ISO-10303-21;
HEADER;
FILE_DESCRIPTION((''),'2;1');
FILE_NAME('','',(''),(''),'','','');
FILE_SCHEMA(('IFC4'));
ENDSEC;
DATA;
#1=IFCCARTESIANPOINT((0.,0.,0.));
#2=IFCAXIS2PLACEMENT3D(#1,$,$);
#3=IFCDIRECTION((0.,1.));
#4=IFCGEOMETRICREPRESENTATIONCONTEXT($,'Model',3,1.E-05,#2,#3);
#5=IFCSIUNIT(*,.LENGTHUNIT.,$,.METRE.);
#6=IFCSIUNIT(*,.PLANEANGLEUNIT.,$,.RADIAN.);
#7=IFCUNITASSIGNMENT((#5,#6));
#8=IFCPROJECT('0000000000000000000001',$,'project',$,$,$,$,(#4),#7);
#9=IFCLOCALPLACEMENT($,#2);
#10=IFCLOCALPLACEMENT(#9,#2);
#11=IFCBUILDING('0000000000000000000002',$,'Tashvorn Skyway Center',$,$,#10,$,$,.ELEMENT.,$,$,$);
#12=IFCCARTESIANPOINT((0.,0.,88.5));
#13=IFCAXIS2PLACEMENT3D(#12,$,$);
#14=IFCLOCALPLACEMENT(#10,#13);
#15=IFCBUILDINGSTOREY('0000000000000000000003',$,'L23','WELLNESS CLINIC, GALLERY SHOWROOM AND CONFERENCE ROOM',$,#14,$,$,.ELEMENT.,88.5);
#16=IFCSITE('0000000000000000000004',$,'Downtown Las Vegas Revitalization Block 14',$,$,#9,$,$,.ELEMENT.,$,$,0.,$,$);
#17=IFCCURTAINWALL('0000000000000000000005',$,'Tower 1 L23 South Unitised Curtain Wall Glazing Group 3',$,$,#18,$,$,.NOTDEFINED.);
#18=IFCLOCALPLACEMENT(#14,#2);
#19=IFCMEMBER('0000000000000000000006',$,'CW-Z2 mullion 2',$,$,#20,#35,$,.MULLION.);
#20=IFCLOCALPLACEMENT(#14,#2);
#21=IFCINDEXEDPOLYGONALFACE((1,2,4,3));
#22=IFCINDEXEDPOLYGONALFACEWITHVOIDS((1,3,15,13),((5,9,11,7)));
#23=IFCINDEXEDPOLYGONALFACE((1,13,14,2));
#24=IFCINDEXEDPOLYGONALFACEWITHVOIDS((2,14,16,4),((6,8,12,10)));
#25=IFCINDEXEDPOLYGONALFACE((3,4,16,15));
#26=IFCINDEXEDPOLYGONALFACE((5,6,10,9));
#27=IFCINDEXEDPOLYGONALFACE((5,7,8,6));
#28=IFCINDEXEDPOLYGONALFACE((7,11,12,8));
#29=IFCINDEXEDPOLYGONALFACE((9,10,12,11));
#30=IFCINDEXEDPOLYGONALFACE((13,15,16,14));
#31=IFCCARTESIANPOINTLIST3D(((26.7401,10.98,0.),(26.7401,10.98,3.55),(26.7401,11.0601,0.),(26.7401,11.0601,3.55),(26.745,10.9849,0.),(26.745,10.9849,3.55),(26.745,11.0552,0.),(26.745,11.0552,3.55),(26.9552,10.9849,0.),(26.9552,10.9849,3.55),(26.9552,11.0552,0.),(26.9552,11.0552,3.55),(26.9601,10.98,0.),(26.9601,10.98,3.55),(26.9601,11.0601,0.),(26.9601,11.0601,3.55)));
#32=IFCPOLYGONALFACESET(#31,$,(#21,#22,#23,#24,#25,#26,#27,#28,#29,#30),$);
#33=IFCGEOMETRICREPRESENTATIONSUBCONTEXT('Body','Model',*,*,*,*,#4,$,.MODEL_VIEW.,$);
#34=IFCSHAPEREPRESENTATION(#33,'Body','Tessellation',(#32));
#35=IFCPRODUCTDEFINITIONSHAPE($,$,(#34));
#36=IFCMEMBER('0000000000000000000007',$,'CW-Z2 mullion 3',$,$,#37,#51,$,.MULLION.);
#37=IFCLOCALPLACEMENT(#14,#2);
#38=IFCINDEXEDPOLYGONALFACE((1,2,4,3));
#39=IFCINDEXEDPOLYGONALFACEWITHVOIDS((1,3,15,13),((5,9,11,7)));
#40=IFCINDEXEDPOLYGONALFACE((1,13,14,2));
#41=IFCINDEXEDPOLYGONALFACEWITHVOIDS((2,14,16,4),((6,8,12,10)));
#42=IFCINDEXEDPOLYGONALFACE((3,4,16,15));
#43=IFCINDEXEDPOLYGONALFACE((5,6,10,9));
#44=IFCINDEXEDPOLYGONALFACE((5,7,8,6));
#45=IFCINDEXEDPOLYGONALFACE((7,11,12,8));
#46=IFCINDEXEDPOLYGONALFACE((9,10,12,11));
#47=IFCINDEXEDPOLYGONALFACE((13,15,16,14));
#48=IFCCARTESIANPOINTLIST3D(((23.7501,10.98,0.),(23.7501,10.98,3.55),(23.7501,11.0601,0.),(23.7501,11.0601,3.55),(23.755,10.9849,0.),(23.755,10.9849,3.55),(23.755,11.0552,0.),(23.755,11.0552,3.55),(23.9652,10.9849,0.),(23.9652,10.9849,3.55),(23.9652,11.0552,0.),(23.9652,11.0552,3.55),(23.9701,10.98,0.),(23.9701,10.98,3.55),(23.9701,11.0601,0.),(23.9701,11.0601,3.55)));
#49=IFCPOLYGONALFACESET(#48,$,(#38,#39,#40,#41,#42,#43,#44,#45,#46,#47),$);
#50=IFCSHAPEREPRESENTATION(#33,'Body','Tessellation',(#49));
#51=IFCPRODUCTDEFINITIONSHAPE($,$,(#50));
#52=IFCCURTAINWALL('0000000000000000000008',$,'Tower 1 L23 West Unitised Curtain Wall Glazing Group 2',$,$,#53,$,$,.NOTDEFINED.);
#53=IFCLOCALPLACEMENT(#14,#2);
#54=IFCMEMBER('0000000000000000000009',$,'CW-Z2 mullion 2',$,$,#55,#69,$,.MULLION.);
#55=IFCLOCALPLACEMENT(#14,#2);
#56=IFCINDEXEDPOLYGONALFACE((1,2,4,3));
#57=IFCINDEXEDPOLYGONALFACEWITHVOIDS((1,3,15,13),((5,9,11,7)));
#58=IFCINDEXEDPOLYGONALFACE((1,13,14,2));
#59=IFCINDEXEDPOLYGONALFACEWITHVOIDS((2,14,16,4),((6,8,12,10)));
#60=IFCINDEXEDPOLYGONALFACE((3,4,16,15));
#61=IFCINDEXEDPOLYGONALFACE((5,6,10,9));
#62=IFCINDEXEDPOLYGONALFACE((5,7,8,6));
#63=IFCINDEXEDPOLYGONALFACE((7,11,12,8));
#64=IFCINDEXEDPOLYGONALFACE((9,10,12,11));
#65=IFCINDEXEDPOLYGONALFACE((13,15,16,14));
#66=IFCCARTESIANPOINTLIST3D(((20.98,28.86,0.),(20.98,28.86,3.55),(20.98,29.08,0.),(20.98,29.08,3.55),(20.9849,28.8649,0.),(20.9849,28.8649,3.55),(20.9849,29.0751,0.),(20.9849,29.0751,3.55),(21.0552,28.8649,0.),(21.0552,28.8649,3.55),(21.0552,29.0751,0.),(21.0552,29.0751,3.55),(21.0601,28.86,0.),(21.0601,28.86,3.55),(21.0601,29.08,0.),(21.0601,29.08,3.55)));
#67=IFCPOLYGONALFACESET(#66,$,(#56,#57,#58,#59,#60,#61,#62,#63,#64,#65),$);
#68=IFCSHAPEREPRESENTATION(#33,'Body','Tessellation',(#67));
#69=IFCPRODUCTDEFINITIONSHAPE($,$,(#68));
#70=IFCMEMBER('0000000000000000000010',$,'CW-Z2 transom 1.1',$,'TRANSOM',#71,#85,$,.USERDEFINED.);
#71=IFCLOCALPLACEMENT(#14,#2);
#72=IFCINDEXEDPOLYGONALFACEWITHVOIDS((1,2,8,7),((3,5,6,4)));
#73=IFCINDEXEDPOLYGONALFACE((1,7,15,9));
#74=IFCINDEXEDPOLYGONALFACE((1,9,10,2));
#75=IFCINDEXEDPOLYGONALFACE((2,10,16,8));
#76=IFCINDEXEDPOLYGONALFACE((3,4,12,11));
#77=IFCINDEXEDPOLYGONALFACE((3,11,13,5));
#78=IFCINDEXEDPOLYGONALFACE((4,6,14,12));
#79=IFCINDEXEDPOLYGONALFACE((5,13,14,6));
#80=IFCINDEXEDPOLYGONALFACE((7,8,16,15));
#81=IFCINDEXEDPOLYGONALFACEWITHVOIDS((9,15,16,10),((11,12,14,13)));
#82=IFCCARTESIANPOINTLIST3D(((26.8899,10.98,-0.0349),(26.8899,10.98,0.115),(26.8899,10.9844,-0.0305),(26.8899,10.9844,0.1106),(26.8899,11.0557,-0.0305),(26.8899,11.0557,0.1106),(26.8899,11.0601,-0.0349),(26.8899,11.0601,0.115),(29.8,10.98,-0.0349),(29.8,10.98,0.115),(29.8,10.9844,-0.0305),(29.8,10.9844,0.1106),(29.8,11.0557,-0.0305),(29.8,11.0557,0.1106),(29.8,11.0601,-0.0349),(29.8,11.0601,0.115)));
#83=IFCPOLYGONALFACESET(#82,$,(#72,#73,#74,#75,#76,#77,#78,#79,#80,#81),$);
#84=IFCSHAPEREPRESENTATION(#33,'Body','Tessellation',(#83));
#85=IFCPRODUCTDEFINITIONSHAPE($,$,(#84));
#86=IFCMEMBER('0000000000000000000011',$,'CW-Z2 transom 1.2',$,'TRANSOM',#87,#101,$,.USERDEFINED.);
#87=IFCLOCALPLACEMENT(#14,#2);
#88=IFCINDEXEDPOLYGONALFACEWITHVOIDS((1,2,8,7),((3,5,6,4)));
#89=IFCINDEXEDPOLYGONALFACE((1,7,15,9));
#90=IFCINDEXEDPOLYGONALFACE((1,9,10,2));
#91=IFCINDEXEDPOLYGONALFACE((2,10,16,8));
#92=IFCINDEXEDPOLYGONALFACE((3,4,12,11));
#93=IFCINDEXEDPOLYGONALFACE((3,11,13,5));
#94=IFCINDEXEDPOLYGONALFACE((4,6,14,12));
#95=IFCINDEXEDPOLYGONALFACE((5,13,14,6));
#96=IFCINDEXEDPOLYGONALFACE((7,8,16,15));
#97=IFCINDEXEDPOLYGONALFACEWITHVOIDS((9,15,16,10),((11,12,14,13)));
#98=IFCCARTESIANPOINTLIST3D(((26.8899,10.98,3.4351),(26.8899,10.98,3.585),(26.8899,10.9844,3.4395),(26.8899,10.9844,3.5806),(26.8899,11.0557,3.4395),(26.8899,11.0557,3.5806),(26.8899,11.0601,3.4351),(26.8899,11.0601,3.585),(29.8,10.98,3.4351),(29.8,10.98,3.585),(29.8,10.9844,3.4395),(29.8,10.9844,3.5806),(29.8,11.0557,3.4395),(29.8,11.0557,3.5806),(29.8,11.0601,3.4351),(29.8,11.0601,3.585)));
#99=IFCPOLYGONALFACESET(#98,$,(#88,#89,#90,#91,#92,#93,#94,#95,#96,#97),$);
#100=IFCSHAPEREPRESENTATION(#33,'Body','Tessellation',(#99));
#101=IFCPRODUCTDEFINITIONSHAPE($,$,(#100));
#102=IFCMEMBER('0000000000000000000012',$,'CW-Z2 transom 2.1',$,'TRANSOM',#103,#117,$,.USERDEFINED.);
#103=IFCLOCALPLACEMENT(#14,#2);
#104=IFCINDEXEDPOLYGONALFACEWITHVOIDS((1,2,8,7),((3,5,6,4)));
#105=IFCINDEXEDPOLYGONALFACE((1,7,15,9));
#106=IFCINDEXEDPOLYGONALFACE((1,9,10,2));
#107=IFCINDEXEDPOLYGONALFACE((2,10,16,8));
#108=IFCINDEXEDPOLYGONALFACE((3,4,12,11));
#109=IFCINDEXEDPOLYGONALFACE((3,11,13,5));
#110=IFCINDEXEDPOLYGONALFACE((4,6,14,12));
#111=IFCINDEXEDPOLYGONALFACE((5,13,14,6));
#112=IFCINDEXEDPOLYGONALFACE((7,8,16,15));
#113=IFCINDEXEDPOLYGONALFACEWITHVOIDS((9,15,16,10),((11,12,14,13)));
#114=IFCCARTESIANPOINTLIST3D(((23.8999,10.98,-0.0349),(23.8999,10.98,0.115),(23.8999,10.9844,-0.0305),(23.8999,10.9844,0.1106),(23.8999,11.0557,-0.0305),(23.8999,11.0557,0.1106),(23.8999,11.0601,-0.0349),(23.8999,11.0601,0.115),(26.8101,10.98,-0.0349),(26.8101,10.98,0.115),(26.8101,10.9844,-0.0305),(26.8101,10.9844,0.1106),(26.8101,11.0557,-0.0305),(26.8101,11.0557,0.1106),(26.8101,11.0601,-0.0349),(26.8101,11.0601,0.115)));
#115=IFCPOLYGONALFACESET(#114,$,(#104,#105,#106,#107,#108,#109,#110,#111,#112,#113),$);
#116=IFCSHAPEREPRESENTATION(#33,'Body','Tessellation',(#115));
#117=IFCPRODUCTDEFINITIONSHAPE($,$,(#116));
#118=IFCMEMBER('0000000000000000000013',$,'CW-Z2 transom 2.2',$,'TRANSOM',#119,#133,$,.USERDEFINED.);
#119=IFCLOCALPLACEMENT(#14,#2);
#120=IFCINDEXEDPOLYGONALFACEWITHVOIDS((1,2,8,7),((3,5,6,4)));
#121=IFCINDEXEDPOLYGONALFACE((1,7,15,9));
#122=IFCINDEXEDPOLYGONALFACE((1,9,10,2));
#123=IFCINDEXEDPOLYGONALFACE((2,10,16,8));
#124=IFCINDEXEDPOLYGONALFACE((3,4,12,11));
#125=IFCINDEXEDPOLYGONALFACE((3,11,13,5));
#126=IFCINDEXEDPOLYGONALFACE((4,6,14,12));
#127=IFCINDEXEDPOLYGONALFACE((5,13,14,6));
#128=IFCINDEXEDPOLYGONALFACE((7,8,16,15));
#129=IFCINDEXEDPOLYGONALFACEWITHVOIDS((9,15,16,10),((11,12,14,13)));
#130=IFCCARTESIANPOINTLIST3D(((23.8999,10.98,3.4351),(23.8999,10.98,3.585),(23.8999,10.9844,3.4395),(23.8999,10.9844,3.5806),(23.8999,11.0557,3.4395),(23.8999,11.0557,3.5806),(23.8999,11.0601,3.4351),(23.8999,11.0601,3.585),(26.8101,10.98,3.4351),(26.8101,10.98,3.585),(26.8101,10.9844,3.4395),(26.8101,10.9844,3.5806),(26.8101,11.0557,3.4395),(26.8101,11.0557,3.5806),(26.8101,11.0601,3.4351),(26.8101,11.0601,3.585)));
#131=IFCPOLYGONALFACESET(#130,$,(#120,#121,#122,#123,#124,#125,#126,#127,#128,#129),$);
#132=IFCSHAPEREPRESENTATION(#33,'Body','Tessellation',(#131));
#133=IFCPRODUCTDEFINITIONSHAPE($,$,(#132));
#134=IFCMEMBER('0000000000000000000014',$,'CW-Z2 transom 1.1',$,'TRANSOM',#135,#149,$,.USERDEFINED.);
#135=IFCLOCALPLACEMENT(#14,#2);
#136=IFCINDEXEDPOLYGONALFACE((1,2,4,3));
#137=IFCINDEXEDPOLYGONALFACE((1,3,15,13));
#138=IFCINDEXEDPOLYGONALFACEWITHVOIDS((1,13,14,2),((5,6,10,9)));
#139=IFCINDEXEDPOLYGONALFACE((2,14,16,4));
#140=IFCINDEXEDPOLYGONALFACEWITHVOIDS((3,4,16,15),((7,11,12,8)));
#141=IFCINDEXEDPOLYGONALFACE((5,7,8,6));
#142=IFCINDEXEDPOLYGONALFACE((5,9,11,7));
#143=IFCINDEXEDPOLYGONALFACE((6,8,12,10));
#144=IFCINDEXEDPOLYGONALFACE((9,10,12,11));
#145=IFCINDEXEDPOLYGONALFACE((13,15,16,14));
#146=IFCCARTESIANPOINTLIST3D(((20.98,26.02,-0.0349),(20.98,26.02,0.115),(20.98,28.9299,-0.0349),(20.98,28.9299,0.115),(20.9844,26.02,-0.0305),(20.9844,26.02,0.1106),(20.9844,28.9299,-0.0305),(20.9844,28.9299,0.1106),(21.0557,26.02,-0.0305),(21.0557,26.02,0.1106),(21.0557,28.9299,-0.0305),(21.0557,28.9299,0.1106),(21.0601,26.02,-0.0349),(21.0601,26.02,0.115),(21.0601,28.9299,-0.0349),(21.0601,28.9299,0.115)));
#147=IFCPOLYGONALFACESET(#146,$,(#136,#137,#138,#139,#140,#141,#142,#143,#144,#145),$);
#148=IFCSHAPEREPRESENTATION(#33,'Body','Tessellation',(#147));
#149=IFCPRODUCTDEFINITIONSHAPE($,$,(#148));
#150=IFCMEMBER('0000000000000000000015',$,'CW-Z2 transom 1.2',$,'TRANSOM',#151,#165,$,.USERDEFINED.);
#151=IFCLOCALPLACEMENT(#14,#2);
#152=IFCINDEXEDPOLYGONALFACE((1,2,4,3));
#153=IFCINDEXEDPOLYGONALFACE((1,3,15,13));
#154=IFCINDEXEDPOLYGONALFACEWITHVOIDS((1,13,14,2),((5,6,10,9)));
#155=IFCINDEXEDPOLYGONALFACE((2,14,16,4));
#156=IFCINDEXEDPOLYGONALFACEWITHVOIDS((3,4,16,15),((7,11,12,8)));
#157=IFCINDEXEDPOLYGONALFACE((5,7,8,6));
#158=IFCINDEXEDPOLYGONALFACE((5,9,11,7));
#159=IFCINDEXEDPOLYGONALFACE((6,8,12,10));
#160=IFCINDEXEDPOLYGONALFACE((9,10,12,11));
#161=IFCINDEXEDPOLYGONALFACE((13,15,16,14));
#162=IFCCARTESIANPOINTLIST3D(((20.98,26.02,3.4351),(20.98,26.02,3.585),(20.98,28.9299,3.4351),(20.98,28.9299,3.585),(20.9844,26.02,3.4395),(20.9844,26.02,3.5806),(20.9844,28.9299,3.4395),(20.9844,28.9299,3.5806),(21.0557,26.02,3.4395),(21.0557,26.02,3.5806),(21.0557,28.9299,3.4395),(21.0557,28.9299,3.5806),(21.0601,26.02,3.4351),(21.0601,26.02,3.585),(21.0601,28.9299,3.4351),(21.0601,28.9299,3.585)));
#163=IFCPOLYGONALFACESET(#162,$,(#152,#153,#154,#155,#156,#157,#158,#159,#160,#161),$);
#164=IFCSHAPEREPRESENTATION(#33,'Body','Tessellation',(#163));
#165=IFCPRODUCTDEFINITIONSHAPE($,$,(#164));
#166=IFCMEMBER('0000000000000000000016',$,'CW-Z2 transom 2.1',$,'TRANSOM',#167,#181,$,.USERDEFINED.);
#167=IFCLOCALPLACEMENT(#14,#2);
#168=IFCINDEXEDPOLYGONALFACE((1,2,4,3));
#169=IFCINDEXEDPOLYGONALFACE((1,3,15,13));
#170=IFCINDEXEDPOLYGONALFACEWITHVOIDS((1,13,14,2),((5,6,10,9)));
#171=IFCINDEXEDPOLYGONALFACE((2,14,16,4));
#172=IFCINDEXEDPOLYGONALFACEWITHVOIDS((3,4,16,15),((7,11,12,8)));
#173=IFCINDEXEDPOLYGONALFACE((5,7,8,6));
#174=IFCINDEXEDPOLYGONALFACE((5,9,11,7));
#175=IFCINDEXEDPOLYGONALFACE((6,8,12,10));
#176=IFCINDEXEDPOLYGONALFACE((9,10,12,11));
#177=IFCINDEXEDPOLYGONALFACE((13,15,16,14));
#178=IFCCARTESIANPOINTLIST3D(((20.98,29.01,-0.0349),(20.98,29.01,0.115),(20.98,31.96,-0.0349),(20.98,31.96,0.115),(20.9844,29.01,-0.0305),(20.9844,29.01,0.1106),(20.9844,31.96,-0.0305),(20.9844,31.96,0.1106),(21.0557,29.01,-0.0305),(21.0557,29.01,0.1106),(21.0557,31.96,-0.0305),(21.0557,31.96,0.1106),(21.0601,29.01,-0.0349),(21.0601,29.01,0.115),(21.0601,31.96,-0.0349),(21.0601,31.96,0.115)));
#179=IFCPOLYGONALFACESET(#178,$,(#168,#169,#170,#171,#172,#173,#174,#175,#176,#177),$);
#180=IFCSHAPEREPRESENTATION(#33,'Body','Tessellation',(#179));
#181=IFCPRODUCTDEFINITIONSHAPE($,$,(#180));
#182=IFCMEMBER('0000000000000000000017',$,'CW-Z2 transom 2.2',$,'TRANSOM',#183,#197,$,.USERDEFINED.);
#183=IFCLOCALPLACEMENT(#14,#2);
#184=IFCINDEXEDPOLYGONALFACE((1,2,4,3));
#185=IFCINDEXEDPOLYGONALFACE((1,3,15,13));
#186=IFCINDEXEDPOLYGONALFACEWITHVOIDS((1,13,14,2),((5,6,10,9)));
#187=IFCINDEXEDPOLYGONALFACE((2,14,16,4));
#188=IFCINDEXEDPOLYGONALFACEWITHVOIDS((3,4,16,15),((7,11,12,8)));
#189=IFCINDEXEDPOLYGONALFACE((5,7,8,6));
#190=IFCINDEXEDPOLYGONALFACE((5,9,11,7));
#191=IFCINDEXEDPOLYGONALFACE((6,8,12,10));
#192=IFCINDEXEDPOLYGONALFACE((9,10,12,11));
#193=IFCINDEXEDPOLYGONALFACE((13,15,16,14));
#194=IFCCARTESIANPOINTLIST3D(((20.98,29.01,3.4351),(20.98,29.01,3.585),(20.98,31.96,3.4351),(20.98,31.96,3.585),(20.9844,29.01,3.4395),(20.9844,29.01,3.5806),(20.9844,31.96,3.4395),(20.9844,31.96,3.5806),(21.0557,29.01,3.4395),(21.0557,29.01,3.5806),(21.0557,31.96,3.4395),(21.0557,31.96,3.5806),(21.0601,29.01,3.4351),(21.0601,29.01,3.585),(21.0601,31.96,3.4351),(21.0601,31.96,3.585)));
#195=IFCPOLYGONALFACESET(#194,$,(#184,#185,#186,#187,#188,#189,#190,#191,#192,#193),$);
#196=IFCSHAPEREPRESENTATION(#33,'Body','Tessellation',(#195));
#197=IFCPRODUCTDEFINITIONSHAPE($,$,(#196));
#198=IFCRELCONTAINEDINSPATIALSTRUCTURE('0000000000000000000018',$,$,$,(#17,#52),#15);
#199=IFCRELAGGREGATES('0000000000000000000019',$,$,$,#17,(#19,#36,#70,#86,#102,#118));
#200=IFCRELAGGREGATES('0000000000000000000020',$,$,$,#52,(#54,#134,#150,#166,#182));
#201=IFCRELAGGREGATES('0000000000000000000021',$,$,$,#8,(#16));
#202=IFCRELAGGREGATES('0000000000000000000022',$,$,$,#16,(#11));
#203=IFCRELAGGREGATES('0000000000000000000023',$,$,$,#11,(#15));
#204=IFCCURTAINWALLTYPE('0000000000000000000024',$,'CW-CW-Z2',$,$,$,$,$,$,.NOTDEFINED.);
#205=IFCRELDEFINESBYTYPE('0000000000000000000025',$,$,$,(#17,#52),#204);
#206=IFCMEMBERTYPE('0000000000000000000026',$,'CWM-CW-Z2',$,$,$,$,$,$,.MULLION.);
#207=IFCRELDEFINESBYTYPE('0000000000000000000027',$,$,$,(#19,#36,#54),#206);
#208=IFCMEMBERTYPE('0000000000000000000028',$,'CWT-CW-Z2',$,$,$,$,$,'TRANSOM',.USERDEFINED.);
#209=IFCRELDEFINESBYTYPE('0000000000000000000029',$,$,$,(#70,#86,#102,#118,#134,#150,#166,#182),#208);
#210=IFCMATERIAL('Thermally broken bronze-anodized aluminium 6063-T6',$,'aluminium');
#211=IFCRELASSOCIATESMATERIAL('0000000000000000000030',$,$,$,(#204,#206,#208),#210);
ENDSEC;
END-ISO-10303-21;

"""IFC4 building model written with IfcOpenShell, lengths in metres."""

from ifc_helpers import new_model, si_unit, direction, frame, origin, origin_2d, place, context, subcontext, project, spatial, hollow_rectangle, extrude, material, material_profile, profile_set, type_object, element, aggregate, save


model = new_model("IFC4")

# Units and contexts
model_context = context("Model", 3, precision=1e-05, world=origin(), true_north=direction((0.0, 1.0)))
body_context = subcontext(model_context, "Body", "Model", "MODEL_VIEW")
ifc_project = project(units=[si_unit("LENGTHUNIT", "METRE"), si_unit("PLANEANGLEUNIT", "RADIAN")], contexts=[model_context])

# Site, building, storey
site_placement = place(None, origin())
site = spatial("IfcSite", under=ifc_project, at=site_placement, Name="Downtown Las Vegas Revitalization Block 14", CompositionType="ELEMENT", RefElevation=0.0)
building_placement = place(site_placement, origin())
building = spatial("IfcBuilding", under=site, at=building_placement, Name="Tashvorn Skyway Center", CompositionType="ELEMENT")
storey_placement = place(building_placement, frame((0.0, 0.0, 88.5)))
storey = spatial("IfcBuildingStorey", under=building, at=storey_placement, Name="L23", Description="WELLNESS CLINIC, GALLERY SHOWROOM AND CONFERENCE ROOM", CompositionType="ELEMENT", Elevation=88.5)

# Shared definitions
ifc_material_1 = material(Name="Thermally broken bronze-anodized aluminium 6063-T6", Category="aluminium")
curtain_wall_type = type_object("IfcCurtainWallType", Name="CW-CW-Z2", PredefinedType="NOTDEFINED", material=ifc_material_1)
ifc_material_profile_1 = material_profile(ifc_material_1, hollow_rectangle(XDim=0.0801, YDim=0.22, WallThickness=0.0049, at=origin_2d()), Name="ALU-MULL-80x220")
ifc_profile_set_1 = profile_set([ifc_material_profile_1], Name="Thermally broken bronze-anodized aluminium 6063-T6")
member_type_1 = type_object("IfcMemberType", Name="CWM-CW-Z2", PredefinedType="MULLION", material=ifc_profile_set_1)

# Curtain wall, members
curtain_wall_1_placement = place(storey_placement, origin())
curtain_wall_1 = element("IfcCurtainWall", 1, at=curtain_wall_1_placement, inside=storey, type_object=curtain_wall_type, Name="Tower 1 L23 South Unitised Curtain Wall Glazing Group 3", PredefinedType="NOTDEFINED")
member_1_placement = place(storey_placement, frame((26.8501, 11.02, 0.0), z_axis=(0.0, 0.0, 1.0), x_axis=(0.0, -1.0, 0.0)))
member_1 = element("IfcMember", 2, at=member_1_placement, type_object=member_type_1, Name="CW-Z2 mullion 2", PredefinedType="MULLION", context=body_context, shape_type="SweptSolid", body=[
    extrude(hollow_rectangle(XDim=0.0801, YDim=0.22, WallThickness=0.0049, at=origin_2d()), origin(), (0.0, 0.0, 1.0), 3.55),
])
member_2_placement = place(storey_placement, frame((23.8601, 11.02, 0.0), z_axis=(0.0, 0.0, 1.0), x_axis=(0.0, -1.0, 0.0)))
member_2 = element("IfcMember", 3, at=member_2_placement, type_object=member_type_1, Name="CW-Z2 mullion 3", PredefinedType="MULLION", context=body_context, shape_type="SweptSolid", body=[
    extrude(hollow_rectangle(XDim=0.0801, YDim=0.22, WallThickness=0.0049, at=origin_2d()), origin(), (0.0, 0.0, 1.0), 3.55),
])

# Curtain wall, member
curtain_wall_2_placement = place(storey_placement, origin())
curtain_wall_2 = element("IfcCurtainWall", 4, at=curtain_wall_2_placement, inside=storey, type_object=curtain_wall_type, Name="Tower 1 L23 West Unitised Curtain Wall Glazing Group 2", PredefinedType="NOTDEFINED")
member_3_placement = place(storey_placement, frame((21.02, 28.97, 0.0), z_axis=(0.0, 0.0, 1.0), x_axis=(-1.0, 0.0, 0.0)))
member_3 = element("IfcMember", 5, at=member_3_placement, type_object=member_type_1, Name="CW-Z2 mullion 2", PredefinedType="MULLION", context=body_context, shape_type="SweptSolid", body=[
    extrude(hollow_rectangle(XDim=0.0801, YDim=0.22, WallThickness=0.0049, at=origin_2d()), origin(), (0.0, 0.0, 1.0), 3.55),
])

# Members
ifc_material_profile_2 = material_profile(ifc_material_1, hollow_rectangle(XDim=0.0801, YDim=0.1499, WallThickness=0.0044, at=origin_2d()), Name="ALU-TRAN-80x150")
ifc_profile_set_2 = profile_set([ifc_material_profile_2], Name="Thermally broken bronze-anodized aluminium 6063-T6")
member_type_2 = type_object("IfcMemberType", Name="CWT-CW-Z2", ElementType="TRANSOM", PredefinedType="USERDEFINED", material=ifc_profile_set_2)
member_4_placement = place(storey_placement, frame((29.8, 11.02, 0.04), z_axis=(-1.0, 0.0, 0.0), x_axis=(0.0, -1.0, 0.0)))
member_4 = element("IfcMember", 6, at=member_4_placement, type_object=member_type_2, Name="CW-Z2 transom 1.1", ObjectType="TRANSOM", PredefinedType="USERDEFINED", context=body_context, shape_type="SweptSolid", body=[
    extrude(hollow_rectangle(XDim=0.0801, YDim=0.1499, WallThickness=0.0044, at=origin_2d()), origin(), (0.0, 0.0, 1.0), 2.9102),
])
member_5_placement = place(storey_placement, frame((29.8, 11.02, 3.51), z_axis=(-1.0, 0.0, 0.0), x_axis=(0.0, -1.0, 0.0)))
member_5 = element("IfcMember", 7, at=member_5_placement, type_object=member_type_2, Name="CW-Z2 transom 1.2", ObjectType="TRANSOM", PredefinedType="USERDEFINED", context=body_context, shape_type="SweptSolid", body=[
    extrude(hollow_rectangle(XDim=0.0801, YDim=0.1499, WallThickness=0.0044, at=origin_2d()), origin(), (0.0, 0.0, 1.0), 2.9102),
])
member_6_placement = place(storey_placement, frame((26.8101, 11.02, 0.04), z_axis=(-1.0, 0.0, 0.0), x_axis=(0.0, -1.0, 0.0)))
member_6 = element("IfcMember", 8, at=member_6_placement, type_object=member_type_2, Name="CW-Z2 transom 2.1", ObjectType="TRANSOM", PredefinedType="USERDEFINED", context=body_context, shape_type="SweptSolid", body=[
    extrude(hollow_rectangle(XDim=0.0801, YDim=0.1499, WallThickness=0.0044, at=origin_2d()), origin(), (0.0, 0.0, 1.0), 2.9102),
])
member_7_placement = place(storey_placement, frame((26.8101, 11.02, 3.51), z_axis=(-1.0, 0.0, 0.0), x_axis=(0.0, -1.0, 0.0)))
member_7 = element("IfcMember", 9, at=member_7_placement, type_object=member_type_2, Name="CW-Z2 transom 2.2", ObjectType="TRANSOM", PredefinedType="USERDEFINED", context=body_context, shape_type="SweptSolid", body=[
    extrude(hollow_rectangle(XDim=0.0801, YDim=0.1499, WallThickness=0.0044, at=origin_2d()), origin(), (0.0, 0.0, 1.0), 2.9102),
])
member_8_placement = place(storey_placement, frame((21.02, 26.02, 0.04), z_axis=(0.0, 1.0, 0.0), x_axis=(-1.0, 0.0, 0.0)))
member_8 = element("IfcMember", 10, at=member_8_placement, type_object=member_type_2, Name="CW-Z2 transom 1.1", ObjectType="TRANSOM", PredefinedType="USERDEFINED", context=body_context, shape_type="SweptSolid", body=[
    extrude(hollow_rectangle(XDim=0.0801, YDim=0.1499, WallThickness=0.0044, at=origin_2d()), origin(), (0.0, 0.0, 1.0), 2.9099),
])
member_9_placement = place(storey_placement, frame((21.02, 26.02, 3.51), z_axis=(0.0, 1.0, 0.0), x_axis=(-1.0, 0.0, 0.0)))
member_9 = element("IfcMember", 11, at=member_9_placement, type_object=member_type_2, Name="CW-Z2 transom 1.2", ObjectType="TRANSOM", PredefinedType="USERDEFINED", context=body_context, shape_type="SweptSolid", body=[
    extrude(hollow_rectangle(XDim=0.0801, YDim=0.1499, WallThickness=0.0044, at=origin_2d()), origin(), (0.0, 0.0, 1.0), 2.9099),
])
member_10_placement = place(storey_placement, frame((21.02, 29.01, 0.04), z_axis=(0.0, 1.0, 0.0), x_axis=(-1.0, 0.0, 0.0)))
member_10 = element("IfcMember", 12, at=member_10_placement, type_object=member_type_2, Name="CW-Z2 transom 2.1", ObjectType="TRANSOM", PredefinedType="USERDEFINED", context=body_context, shape_type="SweptSolid", body=[
    extrude(hollow_rectangle(XDim=0.0801, YDim=0.1499, WallThickness=0.0044, at=origin_2d()), origin(), (0.0, 0.0, 1.0), 2.95),
])
member_11_placement = place(storey_placement, frame((21.02, 29.01, 3.51), z_axis=(0.0, 1.0, 0.0), x_axis=(-1.0, 0.0, 0.0)))
member_11 = element("IfcMember", 13, at=member_11_placement, type_object=member_type_2, Name="CW-Z2 transom 2.2", ObjectType="TRANSOM", PredefinedType="USERDEFINED", context=body_context, shape_type="SweptSolid", body=[
    extrude(hollow_rectangle(XDim=0.0801, YDim=0.1499, WallThickness=0.0044, at=origin_2d()), origin(), (0.0, 0.0, 1.0), 2.95),
])

aggregate(curtain_wall_1, [member_1, member_2, member_4, member_5, member_6, member_7])
aggregate(curtain_wall_2, [member_3, member_8, member_9, member_10, member_11])

save(model, "model.ifc")
